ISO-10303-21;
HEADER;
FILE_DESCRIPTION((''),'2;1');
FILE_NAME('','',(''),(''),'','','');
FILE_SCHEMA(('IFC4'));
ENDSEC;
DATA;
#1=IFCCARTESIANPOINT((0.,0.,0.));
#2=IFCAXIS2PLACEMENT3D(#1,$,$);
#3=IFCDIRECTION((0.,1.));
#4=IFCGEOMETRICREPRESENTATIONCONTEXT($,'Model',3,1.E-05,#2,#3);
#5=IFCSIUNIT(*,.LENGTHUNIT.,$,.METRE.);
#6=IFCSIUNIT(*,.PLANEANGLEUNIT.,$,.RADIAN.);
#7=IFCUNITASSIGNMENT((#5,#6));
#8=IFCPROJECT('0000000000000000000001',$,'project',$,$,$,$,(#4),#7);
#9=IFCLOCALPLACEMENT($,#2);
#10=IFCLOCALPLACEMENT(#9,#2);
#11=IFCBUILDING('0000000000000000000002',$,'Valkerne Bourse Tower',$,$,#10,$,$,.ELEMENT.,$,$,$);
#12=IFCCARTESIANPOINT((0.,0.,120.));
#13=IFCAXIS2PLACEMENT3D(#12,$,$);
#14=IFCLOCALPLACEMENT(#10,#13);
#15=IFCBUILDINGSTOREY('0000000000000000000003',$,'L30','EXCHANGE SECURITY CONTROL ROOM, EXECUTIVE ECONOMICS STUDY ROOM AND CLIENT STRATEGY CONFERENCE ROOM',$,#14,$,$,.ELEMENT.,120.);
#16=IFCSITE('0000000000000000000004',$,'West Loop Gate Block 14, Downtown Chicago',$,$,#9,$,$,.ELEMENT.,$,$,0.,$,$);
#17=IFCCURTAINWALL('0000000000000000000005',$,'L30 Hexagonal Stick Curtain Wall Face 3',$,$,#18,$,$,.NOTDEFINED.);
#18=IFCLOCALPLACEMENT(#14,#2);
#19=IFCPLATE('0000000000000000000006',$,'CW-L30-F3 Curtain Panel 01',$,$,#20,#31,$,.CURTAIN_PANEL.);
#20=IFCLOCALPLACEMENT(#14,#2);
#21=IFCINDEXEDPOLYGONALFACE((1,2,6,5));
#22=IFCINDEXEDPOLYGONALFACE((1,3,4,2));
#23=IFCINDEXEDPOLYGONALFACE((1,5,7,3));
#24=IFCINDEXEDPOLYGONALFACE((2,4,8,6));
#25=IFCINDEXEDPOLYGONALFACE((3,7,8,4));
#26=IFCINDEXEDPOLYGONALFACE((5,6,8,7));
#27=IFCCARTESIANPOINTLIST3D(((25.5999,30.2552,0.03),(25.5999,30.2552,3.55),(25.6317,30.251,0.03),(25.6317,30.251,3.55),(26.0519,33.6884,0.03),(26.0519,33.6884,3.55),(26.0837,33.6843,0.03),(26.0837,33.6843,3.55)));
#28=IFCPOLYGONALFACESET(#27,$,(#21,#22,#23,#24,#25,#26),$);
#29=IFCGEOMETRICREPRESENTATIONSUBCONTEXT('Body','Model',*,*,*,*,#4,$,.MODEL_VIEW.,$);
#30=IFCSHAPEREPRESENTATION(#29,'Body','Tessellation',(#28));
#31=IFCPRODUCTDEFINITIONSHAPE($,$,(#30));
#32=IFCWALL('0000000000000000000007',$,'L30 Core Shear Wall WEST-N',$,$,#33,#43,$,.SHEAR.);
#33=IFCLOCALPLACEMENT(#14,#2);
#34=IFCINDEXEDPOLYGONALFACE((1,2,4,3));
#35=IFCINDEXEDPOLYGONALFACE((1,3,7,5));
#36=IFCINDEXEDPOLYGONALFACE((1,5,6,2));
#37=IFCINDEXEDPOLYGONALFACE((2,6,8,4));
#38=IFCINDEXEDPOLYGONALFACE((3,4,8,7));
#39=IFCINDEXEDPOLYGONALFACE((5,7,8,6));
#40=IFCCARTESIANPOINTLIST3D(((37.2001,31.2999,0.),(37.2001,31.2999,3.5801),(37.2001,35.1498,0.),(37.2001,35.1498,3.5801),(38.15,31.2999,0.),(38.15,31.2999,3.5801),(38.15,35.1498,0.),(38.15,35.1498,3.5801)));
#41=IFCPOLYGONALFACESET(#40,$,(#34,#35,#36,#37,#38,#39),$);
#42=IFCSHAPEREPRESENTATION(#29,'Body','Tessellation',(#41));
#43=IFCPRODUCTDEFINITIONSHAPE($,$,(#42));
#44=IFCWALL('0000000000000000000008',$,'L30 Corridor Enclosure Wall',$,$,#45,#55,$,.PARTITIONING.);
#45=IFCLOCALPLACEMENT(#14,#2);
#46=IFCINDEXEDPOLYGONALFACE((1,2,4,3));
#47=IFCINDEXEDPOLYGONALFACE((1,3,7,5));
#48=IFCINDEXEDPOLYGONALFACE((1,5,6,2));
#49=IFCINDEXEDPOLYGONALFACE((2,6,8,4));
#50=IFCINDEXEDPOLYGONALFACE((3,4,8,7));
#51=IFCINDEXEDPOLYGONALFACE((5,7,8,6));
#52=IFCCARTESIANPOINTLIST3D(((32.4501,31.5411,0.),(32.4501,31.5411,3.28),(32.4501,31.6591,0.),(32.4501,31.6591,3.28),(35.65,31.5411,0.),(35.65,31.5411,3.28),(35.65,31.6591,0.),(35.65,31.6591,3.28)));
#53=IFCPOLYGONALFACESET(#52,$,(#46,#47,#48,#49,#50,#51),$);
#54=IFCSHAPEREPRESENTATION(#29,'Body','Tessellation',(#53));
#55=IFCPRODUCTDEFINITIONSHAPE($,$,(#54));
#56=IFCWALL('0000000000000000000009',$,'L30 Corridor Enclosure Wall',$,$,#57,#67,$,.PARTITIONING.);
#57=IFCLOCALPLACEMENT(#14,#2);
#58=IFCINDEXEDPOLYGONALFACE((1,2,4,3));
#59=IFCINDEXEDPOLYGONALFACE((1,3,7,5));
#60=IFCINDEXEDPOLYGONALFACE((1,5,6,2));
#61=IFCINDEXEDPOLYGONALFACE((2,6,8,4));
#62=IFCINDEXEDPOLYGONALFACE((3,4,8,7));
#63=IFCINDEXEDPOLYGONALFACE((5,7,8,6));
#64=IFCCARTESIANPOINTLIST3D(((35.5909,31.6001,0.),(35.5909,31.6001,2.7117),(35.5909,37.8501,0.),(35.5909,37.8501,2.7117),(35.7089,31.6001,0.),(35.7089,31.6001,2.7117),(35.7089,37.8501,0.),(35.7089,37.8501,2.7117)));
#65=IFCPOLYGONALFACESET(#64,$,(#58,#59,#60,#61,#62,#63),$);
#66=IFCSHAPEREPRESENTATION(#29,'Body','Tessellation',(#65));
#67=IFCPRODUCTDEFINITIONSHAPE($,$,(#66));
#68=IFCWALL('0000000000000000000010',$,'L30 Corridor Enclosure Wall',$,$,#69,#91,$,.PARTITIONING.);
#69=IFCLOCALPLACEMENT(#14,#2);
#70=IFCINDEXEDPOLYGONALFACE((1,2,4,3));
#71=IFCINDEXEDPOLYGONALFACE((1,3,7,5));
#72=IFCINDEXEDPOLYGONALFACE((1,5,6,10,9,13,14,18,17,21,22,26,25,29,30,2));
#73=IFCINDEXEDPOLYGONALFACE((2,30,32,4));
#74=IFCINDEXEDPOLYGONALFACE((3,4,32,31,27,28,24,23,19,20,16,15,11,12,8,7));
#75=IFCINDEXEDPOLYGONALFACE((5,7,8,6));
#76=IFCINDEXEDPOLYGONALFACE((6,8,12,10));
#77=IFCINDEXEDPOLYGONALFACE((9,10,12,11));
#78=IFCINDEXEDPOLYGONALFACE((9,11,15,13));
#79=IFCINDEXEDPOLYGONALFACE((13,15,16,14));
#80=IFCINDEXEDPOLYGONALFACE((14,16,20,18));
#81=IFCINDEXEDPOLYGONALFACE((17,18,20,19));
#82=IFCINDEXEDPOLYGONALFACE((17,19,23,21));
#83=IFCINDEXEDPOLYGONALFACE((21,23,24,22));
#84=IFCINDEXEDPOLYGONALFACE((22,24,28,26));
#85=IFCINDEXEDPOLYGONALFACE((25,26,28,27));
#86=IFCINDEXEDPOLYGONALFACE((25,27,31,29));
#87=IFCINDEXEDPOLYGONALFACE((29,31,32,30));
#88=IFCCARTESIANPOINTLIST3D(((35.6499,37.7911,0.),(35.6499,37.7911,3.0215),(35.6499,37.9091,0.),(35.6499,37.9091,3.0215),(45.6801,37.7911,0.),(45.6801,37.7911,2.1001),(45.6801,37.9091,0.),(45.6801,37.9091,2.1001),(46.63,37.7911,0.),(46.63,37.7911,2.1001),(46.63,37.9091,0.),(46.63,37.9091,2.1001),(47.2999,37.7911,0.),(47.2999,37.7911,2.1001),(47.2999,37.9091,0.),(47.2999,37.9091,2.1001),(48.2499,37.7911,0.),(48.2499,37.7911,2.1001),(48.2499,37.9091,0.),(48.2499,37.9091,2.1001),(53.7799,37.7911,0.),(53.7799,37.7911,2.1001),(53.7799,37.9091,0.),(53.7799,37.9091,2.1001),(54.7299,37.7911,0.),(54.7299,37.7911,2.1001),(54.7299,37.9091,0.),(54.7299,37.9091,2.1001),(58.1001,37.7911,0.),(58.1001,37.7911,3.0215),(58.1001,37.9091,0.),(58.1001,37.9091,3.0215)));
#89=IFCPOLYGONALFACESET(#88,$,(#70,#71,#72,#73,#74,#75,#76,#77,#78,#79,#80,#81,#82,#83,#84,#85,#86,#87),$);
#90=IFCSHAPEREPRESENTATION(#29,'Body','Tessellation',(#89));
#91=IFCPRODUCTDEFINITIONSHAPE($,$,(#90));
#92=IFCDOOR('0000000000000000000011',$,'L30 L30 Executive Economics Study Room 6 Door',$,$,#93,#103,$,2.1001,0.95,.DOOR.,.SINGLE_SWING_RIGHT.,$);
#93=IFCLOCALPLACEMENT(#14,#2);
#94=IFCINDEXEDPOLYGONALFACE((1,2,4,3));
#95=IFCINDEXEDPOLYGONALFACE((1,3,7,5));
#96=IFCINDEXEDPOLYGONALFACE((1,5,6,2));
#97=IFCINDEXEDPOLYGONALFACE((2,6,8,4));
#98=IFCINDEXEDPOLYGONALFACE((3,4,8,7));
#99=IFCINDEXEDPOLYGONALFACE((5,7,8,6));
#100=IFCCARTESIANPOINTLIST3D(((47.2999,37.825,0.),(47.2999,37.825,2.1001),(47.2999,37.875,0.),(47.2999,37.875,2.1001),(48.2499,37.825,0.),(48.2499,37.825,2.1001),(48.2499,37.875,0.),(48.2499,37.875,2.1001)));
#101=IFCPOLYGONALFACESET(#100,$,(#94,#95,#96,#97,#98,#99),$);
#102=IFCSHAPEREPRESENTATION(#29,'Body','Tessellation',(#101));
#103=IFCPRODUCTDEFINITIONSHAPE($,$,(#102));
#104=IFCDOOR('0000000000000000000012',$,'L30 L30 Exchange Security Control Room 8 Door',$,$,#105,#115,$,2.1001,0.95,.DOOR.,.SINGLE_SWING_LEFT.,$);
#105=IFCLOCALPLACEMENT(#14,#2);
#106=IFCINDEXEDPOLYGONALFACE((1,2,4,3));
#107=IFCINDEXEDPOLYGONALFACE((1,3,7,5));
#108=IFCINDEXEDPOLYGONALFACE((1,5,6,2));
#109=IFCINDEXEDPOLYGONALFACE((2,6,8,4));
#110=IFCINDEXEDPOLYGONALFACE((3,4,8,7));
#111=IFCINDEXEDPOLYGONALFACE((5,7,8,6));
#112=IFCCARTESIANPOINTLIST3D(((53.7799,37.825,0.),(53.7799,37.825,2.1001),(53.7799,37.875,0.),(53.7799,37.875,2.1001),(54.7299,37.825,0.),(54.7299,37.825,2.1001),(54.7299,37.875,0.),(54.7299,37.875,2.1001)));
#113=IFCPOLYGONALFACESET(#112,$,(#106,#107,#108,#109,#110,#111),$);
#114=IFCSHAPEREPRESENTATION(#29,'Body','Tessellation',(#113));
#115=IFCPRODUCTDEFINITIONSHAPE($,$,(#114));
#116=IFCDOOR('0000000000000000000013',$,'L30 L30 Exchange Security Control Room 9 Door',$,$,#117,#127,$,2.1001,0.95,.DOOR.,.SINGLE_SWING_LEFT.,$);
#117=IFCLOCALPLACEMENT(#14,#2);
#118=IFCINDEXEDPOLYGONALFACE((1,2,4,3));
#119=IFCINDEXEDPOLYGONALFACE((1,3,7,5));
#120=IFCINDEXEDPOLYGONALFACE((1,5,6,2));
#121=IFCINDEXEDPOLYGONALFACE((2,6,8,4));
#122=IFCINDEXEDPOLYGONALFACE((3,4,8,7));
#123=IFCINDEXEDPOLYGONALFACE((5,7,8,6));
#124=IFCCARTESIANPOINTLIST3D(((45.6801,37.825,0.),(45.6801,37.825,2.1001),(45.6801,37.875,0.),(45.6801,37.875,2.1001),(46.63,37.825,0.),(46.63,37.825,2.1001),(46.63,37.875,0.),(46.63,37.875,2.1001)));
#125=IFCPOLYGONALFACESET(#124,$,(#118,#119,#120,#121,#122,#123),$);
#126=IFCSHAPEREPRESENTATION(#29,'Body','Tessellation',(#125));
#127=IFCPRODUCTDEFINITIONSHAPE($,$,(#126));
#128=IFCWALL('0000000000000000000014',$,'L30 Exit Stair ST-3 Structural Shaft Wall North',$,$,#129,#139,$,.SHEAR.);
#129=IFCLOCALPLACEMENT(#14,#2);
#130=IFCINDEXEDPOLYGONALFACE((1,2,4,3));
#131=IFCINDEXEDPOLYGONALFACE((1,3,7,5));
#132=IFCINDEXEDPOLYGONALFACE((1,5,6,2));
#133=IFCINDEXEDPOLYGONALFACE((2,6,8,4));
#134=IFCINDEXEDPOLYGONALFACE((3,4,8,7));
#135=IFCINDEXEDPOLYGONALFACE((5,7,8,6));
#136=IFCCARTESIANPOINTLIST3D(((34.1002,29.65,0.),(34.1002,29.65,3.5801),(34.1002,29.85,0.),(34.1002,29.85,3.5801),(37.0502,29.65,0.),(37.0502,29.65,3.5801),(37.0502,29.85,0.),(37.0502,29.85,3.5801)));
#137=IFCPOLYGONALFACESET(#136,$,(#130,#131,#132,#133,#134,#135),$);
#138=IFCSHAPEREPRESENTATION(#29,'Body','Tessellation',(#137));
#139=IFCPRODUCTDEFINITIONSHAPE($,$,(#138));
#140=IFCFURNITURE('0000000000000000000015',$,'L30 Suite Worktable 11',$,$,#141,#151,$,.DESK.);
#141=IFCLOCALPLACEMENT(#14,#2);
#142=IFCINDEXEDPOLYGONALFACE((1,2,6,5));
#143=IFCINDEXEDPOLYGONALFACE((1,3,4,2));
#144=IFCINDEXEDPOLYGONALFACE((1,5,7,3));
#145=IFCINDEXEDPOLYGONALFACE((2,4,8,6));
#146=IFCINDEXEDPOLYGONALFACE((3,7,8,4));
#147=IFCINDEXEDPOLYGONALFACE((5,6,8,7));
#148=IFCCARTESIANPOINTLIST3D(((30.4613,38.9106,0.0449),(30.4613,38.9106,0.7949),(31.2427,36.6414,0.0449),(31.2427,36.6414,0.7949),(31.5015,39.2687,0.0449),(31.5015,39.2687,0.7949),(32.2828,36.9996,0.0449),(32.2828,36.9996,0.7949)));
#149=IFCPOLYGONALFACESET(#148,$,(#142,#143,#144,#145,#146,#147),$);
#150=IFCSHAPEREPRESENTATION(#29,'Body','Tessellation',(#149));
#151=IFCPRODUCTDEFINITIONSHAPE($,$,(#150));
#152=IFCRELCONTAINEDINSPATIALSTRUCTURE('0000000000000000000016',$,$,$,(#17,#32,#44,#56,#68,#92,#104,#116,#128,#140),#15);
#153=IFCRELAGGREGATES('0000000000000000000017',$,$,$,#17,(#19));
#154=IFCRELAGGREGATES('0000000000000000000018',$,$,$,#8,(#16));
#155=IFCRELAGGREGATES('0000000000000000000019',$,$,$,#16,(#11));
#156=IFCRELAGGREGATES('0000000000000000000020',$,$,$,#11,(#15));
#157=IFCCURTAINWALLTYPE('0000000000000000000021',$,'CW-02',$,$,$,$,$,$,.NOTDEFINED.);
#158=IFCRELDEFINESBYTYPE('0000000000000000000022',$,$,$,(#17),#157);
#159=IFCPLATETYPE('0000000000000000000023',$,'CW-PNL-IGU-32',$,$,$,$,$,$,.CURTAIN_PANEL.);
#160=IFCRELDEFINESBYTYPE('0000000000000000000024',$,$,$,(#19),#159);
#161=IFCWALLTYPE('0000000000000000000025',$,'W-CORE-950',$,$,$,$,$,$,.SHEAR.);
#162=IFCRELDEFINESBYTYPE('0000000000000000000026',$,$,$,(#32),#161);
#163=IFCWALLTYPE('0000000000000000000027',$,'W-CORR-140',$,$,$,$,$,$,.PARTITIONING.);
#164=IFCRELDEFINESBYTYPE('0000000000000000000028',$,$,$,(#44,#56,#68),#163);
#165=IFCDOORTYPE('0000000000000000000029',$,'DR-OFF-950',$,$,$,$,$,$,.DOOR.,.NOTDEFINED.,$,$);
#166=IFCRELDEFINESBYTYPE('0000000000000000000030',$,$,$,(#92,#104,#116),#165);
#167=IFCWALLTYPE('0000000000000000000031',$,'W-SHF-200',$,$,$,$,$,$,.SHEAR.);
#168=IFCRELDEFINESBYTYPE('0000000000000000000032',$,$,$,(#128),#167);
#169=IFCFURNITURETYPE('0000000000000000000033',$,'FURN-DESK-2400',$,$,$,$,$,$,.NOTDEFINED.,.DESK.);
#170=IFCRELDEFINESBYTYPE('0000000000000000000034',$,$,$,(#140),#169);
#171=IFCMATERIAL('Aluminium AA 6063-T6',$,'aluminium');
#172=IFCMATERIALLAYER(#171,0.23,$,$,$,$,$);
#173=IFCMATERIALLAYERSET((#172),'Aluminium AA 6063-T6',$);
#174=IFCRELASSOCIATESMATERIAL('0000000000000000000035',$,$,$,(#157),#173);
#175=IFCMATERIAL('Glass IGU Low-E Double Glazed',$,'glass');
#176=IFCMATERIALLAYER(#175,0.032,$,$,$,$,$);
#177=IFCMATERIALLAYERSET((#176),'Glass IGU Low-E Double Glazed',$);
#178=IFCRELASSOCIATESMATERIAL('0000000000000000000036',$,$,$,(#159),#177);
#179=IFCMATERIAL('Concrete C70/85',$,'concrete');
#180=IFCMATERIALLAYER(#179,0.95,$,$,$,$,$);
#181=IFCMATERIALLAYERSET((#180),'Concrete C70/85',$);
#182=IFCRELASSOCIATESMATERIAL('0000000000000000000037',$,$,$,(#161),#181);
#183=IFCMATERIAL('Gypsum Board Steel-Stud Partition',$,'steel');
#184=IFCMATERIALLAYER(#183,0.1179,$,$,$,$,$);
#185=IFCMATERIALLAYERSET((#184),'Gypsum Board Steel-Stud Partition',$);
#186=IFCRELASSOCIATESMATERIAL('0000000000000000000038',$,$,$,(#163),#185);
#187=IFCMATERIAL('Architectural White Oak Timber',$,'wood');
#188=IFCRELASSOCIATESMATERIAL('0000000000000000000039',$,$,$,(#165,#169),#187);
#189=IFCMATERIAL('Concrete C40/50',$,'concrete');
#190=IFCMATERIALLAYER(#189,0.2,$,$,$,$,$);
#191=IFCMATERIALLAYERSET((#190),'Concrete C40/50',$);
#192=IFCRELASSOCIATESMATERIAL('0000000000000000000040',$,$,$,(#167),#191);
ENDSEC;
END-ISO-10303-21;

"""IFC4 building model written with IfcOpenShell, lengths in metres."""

from ifc_helpers import new_model, si_unit, direction, frame, frame_2d, origin, origin_2d, place, context, subcontext, project, spatial, rectangle, extrude, material, layer, layer_set, type_object, element, fill, aggregate, save


model = new_model("IFC4")

# Units and contexts
model_context = context("Model", 3, precision=1e-05, world=origin(), true_north=direction((0.0, 1.0)))
body_context = subcontext(model_context, "Body", "Model", "MODEL_VIEW")
ifc_project = project(units=[si_unit("LENGTHUNIT", "METRE"), si_unit("PLANEANGLEUNIT", "RADIAN")], contexts=[model_context])

# Site, building, storey
site_placement = place(None, origin())
site = spatial("IfcSite", under=ifc_project, at=site_placement, Name="West Loop Gate Block 14, Downtown Chicago", CompositionType="ELEMENT", RefElevation=0.0)
building_placement = place(site_placement, origin())
building = spatial("IfcBuilding", under=site, at=building_placement, Name="Valkerne Bourse Tower", CompositionType="ELEMENT")
storey_placement = place(building_placement, frame((0.0, 0.0, 120.0)))
storey = spatial("IfcBuildingStorey", under=building, at=storey_placement, Name="L30", Description="EXCHANGE SECURITY CONTROL ROOM, EXECUTIVE ECONOMICS STUDY ROOM AND CLIENT STRATEGY CONFERENCE ROOM", CompositionType="ELEMENT", Elevation=120.0)

# Curtain wall
ifc_material_1 = material(Name="Aluminium AA 6063-T6", Category="aluminium")
ifc_layer_1 = layer(ifc_material_1, 0.23)
ifc_layer_set_1 = layer_set([ifc_layer_1], Name="Aluminium AA 6063-T6")
curtain_wall_type = type_object("IfcCurtainWallType", Name="CW-02", PredefinedType="NOTDEFINED", material=ifc_layer_set_1)
curtain_wall_placement = place(storey_placement, origin())
curtain_wall = element("IfcCurtainWall", 1, at=curtain_wall_placement, inside=storey, type_object=curtain_wall_type, Name="L30 Hexagonal Stick Curtain Wall Face 3", PredefinedType="NOTDEFINED")

# Plate
ifc_material_2 = material(Name="Glass IGU Low-E Double Glazed", Category="glass")
ifc_layer_2 = layer(ifc_material_2, 0.032)
ifc_layer_set_2 = layer_set([ifc_layer_2], Name="Glass IGU Low-E Double Glazed")
plate_type = type_object("IfcPlateType", Name="CW-PNL-IGU-32", PredefinedType="CURTAIN_PANEL", material=ifc_layer_set_2)
plate_1_placement = place(storey_placement, frame((25.8418, 31.9697, 0.03), z_axis=(0.0, 0.0, 1.0), x_axis=(-0.130527, -0.991445, 0.0)))
plate_1 = element("IfcPlate", 2, at=plate_1_placement, type_object=plate_type, Name="CW-L30-F3 Curtain Panel 01", PredefinedType="CURTAIN_PANEL", context=body_context, shape_type="SweptSolid", body=[
    extrude(rectangle(XDim=3.4629, YDim=0.032, at=origin_2d()), origin(), (0.0, 0.0, 1.0), 3.52),
])
aggregate(curtain_wall, [plate_1])

# Shared definitions
ifc_material_3 = material(Name="Concrete C70/85", Category="concrete")
ifc_layer_3 = layer(ifc_material_3, 0.95)
ifc_layer_set_3 = layer_set([ifc_layer_3], Name="Concrete C70/85")
wall_type_1 = type_object("IfcWallType", Name="W-CORE-950", PredefinedType="SHEAR", material=ifc_layer_set_3)

# Walls
wall_1_placement = place(storey_placement, frame((37.675, 31.3, 0.0), z_axis=(0.0, 0.0, 1.0), x_axis=(0.0, 1.0, 0.0)))
element("IfcWall", 3, at=wall_1_placement, inside=storey, type_object=wall_type_1, Name="L30 Core Shear Wall WEST-N", PredefinedType="SHEAR", context=body_context, shape_type="SweptSolid", body=[
    extrude(rectangle(XDim=3.8499, YDim=0.95, at=frame_2d((1.9248, 0.0))), origin(), (0.0, 0.0, 1.0), 3.5801),
])
ifc_material_4 = material(Name="Gypsum Board Steel-Stud Partition", Category="steel")
ifc_layer_4 = layer(ifc_material_4, 0.1179)
ifc_layer_set_4 = layer_set([ifc_layer_4], Name="Gypsum Board Steel-Stud Partition")
wall_type_2 = type_object("IfcWallType", Name="W-CORR-140", PredefinedType="PARTITIONING", material=ifc_layer_set_4)
wall_2_placement = place(storey_placement, frame((32.45, 31.6001, 0.0), z_axis=(0.0, 0.0, 1.0), x_axis=(1.0, 0.0, 0.0)))
element("IfcWall", 4, at=wall_2_placement, inside=storey, type_object=wall_type_2, Name="L30 Corridor Enclosure Wall", PredefinedType="PARTITIONING", context=body_context, shape_type="SweptSolid", body=[
    extrude(rectangle(XDim=3.2, YDim=0.1179, at=frame_2d((1.6001, 0.0))), origin(), (0.0, 0.0, 1.0), 3.28),
])
wall_3_placement = place(storey_placement, frame((35.6499, 31.6001, 0.0), z_axis=(0.0, 0.0, 1.0), x_axis=(0.0, 1.0, 0.0)))
element("IfcWall", 5, at=wall_3_placement, inside=storey, type_object=wall_type_2, Name="L30 Corridor Enclosure Wall", PredefinedType="PARTITIONING", context=body_context, shape_type="SweptSolid", body=[
    extrude(rectangle(XDim=6.25, YDim=0.1179, at=frame_2d((3.125, 0.0))), origin(), (0.0, 0.0, 1.0), 2.7117),
])

# Wall, openings, doors
wall_4_placement = place(storey_placement, frame((35.6499, 37.8501, 0.0), z_axis=(0.0, 0.0, 1.0), x_axis=(1.0, 0.0, 0.0)))
wall_4 = element("IfcWall", 6, at=wall_4_placement, inside=storey, type_object=wall_type_2, Name="L30 Corridor Enclosure Wall", PredefinedType="PARTITIONING", context=body_context, shape_type="SweptSolid", body=[
    extrude(rectangle(XDim=22.4502, YDim=0.1179, at=frame_2d((11.2251, 0.0))), origin(), (0.0, 0.0, 1.0), 3.0215),
])
opening_1_placement = place(wall_4_placement, frame((11.6499, 0.0, 0.0)))
opening_1 = element("IfcOpeningElement", 7, at=opening_1_placement, cuts=wall_4, PredefinedType="OPENING", context=body_context, shape_type="SweptSolid", body=[
    extrude(rectangle(XDim=0.95, YDim=2.1001, at=frame_2d((0.4751, 1.05))), frame((0.0, 0.0688, 0.0), z_axis=(0.0, -1.0, 0.0), x_axis=(1.0, 0.0, 0.0)), (0.0, 0.0, 1.0), 0.1379),
])
opening_2_placement = place(wall_4_placement, frame((18.1299, 0.0, 0.0)))
opening_2 = element("IfcOpeningElement", 8, at=opening_2_placement, cuts=wall_4, PredefinedType="OPENING", context=body_context, shape_type="SweptSolid", body=[
    extrude(rectangle(XDim=0.95, YDim=2.1001, at=frame_2d((0.4751, 1.05))), frame((0.0, 0.0688, 0.0), z_axis=(0.0, -1.0, 0.0), x_axis=(1.0, 0.0, 0.0)), (0.0, 0.0, 1.0), 0.1379),
])
opening_3_placement = place(wall_4_placement, frame((10.03, 0.0, 0.0)))
opening_3 = element("IfcOpeningElement", 9, at=opening_3_placement, cuts=wall_4, PredefinedType="OPENING", context=body_context, shape_type="SweptSolid", body=[
    extrude(rectangle(XDim=0.95, YDim=2.1001, at=frame_2d((0.4751, 1.05))), frame((0.0, 0.0688, 0.0), z_axis=(0.0, -1.0, 0.0), x_axis=(1.0, 0.0, 0.0)), (0.0, 0.0, 1.0), 0.1379),
])
ifc_material_5 = material(Name="Architectural White Oak Timber", Category="wood")
door_type_1 = type_object("IfcDoorType", Name="DR-OFF-950", OperationType="NOTDEFINED", PredefinedType="DOOR", material=ifc_material_5)
door_1_placement = place(opening_1_placement, origin())
door_1 = element("IfcDoor", 10, at=door_1_placement, inside=storey, type_object=door_type_1, Name="L30 L30 Executive Economics Study Room 6 Door", OperationType="SINGLE_SWING_RIGHT", OverallHeight=2.1001, OverallWidth=0.95, PredefinedType="DOOR", context=body_context, shape_type="SweptSolid", body=[
    extrude(rectangle(XDim=0.95, YDim=2.1001, at=frame_2d((0.4751, 1.05))), frame((0.0, 0.0249, 0.0), z_axis=(0.0, -1.0, 0.0), x_axis=(1.0, 0.0, 0.0)), (0.0, 0.0, 1.0), 0.05),
])
fill(opening_1, door_1)
door_2_placement = place(opening_2_placement, origin())
door_2 = element("IfcDoor", 11, at=door_2_placement, inside=storey, type_object=door_type_1, Name="L30 L30 Exchange Security Control Room 8 Door", OperationType="SINGLE_SWING_LEFT", OverallHeight=2.1001, OverallWidth=0.95, PredefinedType="DOOR", context=body_context, shape_type="SweptSolid", body=[
    extrude(rectangle(XDim=0.95, YDim=2.1001, at=frame_2d((0.4751, 1.05))), frame((0.0, 0.0249, 0.0), z_axis=(0.0, -1.0, 0.0), x_axis=(1.0, 0.0, 0.0)), (0.0, 0.0, 1.0), 0.05),
])
fill(opening_2, door_2)
door_3_placement = place(opening_3_placement, origin())
door_3 = element("IfcDoor", 12, at=door_3_placement, inside=storey, type_object=door_type_1, Name="L30 L30 Exchange Security Control Room 9 Door", OperationType="SINGLE_SWING_LEFT", OverallHeight=2.1001, OverallWidth=0.95, PredefinedType="DOOR", context=body_context, shape_type="SweptSolid", body=[
    extrude(rectangle(XDim=0.95, YDim=2.1001, at=frame_2d((0.4751, 1.05))), frame((0.0, 0.0249, 0.0), z_axis=(0.0, -1.0, 0.0), x_axis=(1.0, 0.0, 0.0)), (0.0, 0.0, 1.0), 0.05),
])
fill(opening_3, door_3)

# Wall
ifc_material_6 = material(Name="Concrete C40/50", Category="concrete")
ifc_layer_5 = layer(ifc_material_6, 0.2)
ifc_layer_set_5 = layer_set([ifc_layer_5], Name="Concrete C40/50")
wall_type_3 = type_object("IfcWallType", Name="W-SHF-200", PredefinedType="SHEAR", material=ifc_layer_set_5)
wall_5_placement = place(storey_placement, frame((34.1001, 29.75, 0.0), z_axis=(0.0, 0.0, 1.0), x_axis=(1.0, 0.0, 0.0)))
element("IfcWall", 13, at=wall_5_placement, inside=storey, type_object=wall_type_3, Name="L30 Exit Stair ST-3 Structural Shaft Wall North", PredefinedType="SHEAR", context=body_context, shape_type="SweptSolid", body=[
    extrude(rectangle(XDim=2.95, YDim=0.2, at=frame_2d((1.4751, 0.0))), origin(), (0.0, 0.0, 1.0), 3.5801),
])

# Furniture
furniture_type = type_object("IfcFurnitureType", Name="FURN-DESK-2400", AssemblyPlace="NOTDEFINED", PredefinedType="DESK", material=ifc_material_5)
furniture_placement = place(storey_placement, frame((31.3721, 37.9551, 0.0449), z_axis=(0.0, 0.0, 1.0), x_axis=(-0.325568, 0.945519, 0.0)))
element("IfcFurniture", 14, at=furniture_placement, inside=storey, type_object=furniture_type, Name="L30 Suite Worktable 11", PredefinedType="DESK", context=body_context, shape_type="SweptSolid", body=[
    extrude(rectangle(XDim=2.3999, YDim=1.1001, at=origin_2d()), origin(), (0.0, 0.0, 1.0), 0.75),
])

save(model, "model.ifc")
